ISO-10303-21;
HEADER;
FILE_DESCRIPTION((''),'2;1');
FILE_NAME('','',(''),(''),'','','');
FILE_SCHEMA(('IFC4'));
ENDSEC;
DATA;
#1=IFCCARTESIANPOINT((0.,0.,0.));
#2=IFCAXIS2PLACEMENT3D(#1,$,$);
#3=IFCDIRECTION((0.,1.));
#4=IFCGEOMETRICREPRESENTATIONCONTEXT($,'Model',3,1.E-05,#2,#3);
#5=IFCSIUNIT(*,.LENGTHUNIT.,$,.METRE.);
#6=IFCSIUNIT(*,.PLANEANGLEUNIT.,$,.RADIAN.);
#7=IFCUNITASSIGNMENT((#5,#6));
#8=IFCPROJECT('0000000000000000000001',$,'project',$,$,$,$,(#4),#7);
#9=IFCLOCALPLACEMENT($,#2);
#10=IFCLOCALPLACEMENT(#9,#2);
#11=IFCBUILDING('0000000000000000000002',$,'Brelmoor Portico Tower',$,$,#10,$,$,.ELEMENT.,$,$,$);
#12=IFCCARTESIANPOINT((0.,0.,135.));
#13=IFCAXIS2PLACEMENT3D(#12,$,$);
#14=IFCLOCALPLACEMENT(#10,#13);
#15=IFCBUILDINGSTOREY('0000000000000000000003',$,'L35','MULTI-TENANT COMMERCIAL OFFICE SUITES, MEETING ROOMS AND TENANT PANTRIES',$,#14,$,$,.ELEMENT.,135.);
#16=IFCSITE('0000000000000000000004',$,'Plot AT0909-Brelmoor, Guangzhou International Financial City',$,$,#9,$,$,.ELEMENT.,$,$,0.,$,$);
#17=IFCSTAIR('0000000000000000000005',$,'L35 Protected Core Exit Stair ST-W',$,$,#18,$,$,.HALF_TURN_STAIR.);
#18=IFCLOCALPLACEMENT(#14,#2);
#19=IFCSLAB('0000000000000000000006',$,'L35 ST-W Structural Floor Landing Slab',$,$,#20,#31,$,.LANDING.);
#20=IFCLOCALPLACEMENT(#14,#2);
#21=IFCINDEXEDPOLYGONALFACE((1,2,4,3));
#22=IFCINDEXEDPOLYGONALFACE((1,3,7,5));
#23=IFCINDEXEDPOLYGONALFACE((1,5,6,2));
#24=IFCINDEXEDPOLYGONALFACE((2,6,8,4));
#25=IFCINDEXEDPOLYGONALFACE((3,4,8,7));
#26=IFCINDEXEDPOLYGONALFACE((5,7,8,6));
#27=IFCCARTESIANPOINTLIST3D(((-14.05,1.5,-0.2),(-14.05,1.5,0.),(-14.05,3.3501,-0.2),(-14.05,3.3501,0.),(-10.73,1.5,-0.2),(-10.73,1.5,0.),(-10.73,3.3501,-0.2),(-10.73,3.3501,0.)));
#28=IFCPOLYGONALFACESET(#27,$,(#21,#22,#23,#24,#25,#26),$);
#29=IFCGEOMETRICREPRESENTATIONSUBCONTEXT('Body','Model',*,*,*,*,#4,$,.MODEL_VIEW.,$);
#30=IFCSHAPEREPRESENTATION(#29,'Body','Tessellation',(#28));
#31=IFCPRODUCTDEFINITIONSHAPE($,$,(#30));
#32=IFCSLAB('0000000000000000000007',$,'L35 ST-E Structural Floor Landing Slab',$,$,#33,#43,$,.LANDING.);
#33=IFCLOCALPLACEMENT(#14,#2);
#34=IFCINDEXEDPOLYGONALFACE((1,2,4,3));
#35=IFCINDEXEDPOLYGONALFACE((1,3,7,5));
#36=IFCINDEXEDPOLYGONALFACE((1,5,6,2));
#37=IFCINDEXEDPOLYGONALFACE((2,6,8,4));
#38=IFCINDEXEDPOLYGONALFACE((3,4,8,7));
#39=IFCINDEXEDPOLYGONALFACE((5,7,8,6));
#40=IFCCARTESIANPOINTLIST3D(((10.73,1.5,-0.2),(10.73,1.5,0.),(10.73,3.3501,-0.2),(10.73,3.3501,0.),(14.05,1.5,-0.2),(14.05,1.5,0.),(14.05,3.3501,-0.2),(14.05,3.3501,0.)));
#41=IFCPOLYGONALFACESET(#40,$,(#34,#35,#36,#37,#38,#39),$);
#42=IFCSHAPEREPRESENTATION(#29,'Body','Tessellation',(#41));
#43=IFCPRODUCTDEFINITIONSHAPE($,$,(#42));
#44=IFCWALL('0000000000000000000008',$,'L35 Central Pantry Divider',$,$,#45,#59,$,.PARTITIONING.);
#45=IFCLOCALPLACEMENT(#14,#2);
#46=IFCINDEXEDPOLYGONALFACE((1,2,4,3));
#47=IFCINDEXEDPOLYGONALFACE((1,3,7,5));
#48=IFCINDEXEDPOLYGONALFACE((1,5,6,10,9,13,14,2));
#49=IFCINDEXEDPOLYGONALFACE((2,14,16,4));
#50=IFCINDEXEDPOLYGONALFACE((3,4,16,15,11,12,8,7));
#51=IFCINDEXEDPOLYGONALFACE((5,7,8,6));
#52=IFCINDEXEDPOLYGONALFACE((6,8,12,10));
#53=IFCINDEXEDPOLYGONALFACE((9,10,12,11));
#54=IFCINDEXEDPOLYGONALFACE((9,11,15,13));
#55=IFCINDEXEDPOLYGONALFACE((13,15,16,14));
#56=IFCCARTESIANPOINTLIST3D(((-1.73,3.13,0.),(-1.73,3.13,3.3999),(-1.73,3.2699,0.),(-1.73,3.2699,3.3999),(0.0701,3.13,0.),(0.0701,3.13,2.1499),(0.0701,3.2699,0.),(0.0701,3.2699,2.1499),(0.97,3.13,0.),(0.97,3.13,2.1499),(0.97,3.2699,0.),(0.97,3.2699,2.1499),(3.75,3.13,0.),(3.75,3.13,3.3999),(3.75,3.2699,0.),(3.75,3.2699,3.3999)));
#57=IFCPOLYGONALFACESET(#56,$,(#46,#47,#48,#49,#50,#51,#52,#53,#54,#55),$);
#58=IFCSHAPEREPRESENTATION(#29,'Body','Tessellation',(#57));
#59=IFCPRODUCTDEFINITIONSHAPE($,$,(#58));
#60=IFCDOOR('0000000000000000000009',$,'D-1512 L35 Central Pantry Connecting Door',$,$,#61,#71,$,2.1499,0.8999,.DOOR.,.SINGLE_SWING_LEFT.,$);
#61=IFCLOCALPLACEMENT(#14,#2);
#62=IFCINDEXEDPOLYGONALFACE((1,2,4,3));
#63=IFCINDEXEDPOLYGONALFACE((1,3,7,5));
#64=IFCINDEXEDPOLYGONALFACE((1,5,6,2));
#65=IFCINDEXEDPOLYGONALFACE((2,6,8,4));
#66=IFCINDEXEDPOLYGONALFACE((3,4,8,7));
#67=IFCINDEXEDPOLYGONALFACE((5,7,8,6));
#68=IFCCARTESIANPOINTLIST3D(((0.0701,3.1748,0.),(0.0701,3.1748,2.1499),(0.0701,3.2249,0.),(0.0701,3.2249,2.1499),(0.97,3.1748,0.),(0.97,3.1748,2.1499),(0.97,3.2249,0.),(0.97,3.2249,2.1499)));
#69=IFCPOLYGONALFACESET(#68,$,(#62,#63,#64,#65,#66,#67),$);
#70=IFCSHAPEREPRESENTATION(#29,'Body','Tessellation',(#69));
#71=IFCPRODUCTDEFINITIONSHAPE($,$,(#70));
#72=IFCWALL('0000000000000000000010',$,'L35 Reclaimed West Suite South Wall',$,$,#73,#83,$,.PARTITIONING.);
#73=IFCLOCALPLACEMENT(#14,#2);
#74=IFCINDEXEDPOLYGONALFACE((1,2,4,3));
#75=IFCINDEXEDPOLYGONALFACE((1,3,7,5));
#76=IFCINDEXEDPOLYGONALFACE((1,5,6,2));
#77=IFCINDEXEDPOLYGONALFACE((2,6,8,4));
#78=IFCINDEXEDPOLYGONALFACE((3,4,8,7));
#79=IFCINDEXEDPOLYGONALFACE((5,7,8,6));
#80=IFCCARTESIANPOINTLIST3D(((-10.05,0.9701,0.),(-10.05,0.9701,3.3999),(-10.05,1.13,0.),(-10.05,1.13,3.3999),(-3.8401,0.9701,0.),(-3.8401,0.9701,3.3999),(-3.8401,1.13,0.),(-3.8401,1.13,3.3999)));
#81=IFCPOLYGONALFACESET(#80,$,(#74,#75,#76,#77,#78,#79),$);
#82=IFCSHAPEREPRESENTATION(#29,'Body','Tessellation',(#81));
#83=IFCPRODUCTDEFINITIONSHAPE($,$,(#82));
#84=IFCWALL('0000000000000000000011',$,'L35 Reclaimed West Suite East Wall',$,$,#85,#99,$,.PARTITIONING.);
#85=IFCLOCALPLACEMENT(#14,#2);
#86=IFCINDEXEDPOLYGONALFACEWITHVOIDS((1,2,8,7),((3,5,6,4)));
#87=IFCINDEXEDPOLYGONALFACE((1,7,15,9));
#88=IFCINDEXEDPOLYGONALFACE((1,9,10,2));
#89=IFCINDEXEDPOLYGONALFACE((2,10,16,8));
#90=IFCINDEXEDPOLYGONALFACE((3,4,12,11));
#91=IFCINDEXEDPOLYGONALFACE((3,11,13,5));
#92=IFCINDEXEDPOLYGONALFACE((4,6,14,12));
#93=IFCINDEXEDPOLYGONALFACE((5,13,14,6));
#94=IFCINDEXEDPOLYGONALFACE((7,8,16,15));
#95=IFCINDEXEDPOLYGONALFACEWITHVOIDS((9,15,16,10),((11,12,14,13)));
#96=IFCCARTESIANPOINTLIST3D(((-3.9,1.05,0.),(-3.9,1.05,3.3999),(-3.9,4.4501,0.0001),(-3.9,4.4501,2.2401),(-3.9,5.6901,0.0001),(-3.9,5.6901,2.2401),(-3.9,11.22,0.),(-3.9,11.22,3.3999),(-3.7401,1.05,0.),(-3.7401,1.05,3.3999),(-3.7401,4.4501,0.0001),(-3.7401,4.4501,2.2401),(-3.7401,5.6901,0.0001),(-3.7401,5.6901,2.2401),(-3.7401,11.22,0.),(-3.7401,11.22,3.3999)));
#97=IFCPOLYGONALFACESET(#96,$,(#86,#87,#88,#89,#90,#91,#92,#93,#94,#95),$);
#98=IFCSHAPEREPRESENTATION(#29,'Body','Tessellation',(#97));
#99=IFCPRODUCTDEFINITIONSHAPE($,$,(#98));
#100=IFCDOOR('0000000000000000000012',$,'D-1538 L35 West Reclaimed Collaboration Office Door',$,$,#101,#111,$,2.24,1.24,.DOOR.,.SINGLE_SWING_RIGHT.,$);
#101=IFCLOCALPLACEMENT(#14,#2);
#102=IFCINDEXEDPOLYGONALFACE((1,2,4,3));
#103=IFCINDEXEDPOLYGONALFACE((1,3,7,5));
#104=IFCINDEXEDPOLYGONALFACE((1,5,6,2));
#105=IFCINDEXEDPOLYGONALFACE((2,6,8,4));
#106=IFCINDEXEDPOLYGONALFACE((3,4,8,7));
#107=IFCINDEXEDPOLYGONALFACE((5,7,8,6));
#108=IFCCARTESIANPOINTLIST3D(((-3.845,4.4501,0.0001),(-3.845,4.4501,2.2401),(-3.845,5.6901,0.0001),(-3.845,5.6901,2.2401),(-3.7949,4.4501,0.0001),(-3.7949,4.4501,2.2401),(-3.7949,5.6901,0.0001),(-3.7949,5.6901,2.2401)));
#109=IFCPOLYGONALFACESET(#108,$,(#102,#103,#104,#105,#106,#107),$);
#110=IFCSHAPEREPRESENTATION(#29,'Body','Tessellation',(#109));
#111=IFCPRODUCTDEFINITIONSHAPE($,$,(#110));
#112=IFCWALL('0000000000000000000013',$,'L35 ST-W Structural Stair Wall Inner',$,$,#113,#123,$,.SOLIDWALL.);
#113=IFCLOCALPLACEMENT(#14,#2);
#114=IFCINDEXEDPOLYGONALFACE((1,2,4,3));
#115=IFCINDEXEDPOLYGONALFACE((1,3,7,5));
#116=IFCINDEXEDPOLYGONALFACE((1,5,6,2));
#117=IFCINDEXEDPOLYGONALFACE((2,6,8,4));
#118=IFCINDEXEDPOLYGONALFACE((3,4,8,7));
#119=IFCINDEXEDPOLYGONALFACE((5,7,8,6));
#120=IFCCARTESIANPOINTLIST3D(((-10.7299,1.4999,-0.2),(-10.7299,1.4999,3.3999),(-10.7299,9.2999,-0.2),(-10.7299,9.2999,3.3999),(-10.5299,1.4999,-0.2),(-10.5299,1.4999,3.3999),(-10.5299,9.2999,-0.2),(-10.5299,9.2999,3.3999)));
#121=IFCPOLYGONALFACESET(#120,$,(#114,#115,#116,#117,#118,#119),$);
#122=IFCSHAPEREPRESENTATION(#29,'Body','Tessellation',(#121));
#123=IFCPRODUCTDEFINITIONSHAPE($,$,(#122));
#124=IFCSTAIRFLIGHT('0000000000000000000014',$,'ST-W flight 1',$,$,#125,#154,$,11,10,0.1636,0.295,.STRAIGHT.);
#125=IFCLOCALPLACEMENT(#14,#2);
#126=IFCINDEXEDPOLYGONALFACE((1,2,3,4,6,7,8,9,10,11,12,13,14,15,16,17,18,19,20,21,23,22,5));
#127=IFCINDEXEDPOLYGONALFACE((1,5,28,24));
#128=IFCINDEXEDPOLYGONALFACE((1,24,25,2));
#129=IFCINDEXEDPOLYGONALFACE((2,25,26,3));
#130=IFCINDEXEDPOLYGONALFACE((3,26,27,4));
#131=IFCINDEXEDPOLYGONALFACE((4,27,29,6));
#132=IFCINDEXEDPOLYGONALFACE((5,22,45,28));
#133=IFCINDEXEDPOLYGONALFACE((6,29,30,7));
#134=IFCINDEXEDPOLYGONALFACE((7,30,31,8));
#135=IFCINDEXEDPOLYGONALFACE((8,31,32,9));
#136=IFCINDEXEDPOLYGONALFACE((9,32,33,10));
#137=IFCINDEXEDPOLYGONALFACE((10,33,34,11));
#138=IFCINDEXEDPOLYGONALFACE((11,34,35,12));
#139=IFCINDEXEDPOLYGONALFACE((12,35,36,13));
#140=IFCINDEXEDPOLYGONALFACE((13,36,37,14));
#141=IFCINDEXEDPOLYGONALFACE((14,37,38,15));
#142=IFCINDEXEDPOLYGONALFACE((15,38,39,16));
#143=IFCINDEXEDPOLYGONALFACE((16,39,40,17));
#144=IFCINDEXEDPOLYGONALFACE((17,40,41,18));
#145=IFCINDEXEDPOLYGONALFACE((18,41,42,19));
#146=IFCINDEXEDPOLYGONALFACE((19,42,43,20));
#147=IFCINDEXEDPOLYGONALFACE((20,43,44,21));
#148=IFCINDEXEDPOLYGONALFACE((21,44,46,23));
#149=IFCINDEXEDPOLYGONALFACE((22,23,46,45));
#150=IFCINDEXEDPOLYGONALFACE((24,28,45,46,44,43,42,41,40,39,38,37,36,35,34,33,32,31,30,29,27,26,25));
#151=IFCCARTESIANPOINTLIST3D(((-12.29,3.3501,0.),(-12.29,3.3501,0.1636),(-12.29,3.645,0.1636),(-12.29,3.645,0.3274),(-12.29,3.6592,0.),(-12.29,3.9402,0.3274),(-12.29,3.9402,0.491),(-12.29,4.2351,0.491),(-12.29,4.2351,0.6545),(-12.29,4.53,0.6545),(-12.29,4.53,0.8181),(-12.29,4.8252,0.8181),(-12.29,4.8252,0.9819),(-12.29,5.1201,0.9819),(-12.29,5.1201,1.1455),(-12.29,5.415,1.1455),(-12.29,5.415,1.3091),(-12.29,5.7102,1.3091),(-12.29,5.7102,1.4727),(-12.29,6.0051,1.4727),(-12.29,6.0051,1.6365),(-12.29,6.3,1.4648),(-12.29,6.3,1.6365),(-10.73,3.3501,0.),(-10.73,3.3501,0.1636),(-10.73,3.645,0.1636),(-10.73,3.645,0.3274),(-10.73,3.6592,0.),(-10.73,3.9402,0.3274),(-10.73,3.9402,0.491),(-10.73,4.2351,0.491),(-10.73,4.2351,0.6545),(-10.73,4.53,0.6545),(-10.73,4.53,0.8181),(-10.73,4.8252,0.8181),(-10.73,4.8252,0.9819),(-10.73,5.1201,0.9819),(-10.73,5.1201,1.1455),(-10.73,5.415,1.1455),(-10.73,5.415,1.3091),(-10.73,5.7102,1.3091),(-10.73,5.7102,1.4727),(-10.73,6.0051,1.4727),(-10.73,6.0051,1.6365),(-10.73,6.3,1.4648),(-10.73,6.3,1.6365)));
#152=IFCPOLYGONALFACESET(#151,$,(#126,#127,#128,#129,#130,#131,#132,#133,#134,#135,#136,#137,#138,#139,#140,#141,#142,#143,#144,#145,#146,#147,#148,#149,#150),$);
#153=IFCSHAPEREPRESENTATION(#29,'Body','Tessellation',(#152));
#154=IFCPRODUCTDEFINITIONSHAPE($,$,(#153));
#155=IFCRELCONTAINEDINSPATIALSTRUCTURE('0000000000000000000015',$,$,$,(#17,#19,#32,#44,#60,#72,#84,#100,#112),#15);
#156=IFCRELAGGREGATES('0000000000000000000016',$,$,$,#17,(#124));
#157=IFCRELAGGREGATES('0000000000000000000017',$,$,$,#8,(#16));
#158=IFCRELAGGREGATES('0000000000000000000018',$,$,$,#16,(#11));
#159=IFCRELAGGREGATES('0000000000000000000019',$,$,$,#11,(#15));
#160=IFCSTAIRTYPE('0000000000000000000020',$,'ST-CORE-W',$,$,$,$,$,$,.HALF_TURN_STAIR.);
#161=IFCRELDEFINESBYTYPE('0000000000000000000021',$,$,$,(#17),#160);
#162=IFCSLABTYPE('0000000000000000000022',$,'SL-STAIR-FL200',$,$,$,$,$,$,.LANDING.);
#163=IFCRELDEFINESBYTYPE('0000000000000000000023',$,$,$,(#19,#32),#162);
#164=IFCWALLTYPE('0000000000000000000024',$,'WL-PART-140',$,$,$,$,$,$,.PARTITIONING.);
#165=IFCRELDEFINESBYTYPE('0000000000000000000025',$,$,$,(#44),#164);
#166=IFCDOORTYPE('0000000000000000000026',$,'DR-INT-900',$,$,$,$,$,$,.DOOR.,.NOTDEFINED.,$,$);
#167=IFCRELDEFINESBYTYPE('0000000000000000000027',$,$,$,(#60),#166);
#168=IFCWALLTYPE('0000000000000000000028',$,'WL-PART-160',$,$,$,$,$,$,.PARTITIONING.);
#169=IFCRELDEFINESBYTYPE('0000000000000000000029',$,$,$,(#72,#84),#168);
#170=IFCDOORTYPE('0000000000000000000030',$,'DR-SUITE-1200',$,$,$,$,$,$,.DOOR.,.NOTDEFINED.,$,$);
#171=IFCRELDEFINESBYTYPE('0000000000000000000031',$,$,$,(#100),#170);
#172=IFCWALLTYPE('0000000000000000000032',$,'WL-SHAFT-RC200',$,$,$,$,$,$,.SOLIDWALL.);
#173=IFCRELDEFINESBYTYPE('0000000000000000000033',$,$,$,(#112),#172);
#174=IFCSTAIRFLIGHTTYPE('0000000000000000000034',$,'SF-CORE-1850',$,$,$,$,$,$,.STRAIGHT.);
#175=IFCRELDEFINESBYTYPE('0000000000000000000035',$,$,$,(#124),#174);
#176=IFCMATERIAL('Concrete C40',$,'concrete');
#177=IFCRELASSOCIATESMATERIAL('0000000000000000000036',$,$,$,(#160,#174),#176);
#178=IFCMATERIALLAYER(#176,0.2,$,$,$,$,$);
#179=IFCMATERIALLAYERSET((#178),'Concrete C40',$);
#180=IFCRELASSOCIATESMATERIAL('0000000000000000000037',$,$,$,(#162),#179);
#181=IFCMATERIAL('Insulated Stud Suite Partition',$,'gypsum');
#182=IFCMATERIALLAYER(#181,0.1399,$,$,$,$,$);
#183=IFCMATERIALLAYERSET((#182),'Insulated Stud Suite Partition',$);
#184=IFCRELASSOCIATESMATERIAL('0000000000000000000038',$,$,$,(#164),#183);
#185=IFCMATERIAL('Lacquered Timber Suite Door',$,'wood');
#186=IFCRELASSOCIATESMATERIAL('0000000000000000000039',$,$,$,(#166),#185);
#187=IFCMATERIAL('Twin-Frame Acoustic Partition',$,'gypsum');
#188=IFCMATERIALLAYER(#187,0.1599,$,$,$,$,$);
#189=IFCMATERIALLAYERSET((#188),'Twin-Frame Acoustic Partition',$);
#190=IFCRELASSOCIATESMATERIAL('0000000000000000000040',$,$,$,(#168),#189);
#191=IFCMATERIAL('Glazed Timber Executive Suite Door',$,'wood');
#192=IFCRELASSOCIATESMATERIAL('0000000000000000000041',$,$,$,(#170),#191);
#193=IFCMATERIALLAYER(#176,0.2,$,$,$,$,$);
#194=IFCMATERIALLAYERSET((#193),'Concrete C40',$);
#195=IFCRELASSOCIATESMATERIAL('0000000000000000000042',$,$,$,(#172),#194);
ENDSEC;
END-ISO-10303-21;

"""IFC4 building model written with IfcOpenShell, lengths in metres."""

from ifc_helpers import new_model, si_unit, direction, frame, frame_2d, origin, place, context, subcontext, project, spatial, polyline, rectangle, outline, extrude, material, layer, layer_set, type_object, element, fill, aggregate, save


model = new_model("IFC4")

# Units and contexts
model_context = context("Model", 3, precision=1e-05, world=origin(), true_north=direction((0.0, 1.0)))
body_context = subcontext(model_context, "Body", "Model", "MODEL_VIEW")
ifc_project = project(units=[si_unit("LENGTHUNIT", "METRE"), si_unit("PLANEANGLEUNIT", "RADIAN")], contexts=[model_context])

# Site, building, storey
site_placement = place(None, origin())
site = spatial("IfcSite", under=ifc_project, at=site_placement, Name="Plot AT0909-Brelmoor, Guangzhou International Financial City", CompositionType="ELEMENT", RefElevation=0.0)
building_placement = place(site_placement, origin())
building = spatial("IfcBuilding", under=site, at=building_placement, Name="Brelmoor Portico Tower", CompositionType="ELEMENT")
storey_placement = place(building_placement, frame((0.0, 0.0, 135.0)))
storey = spatial("IfcBuildingStorey", under=building, at=storey_placement, Name="L35", Description="MULTI-TENANT COMMERCIAL OFFICE SUITES, MEETING ROOMS AND TENANT PANTRIES", CompositionType="ELEMENT", Elevation=135.0)

# Shared definitions
ifc_material_1 = material(Name="Concrete C40", Category="concrete")

# Stair
stair_type = type_object("IfcStairType", Name="ST-CORE-W", PredefinedType="HALF_TURN_STAIR", material=ifc_material_1)
stair_placement = place(storey_placement, origin())
stair = element("IfcStair", 1, at=stair_placement, inside=storey, type_object=stair_type, Name="L35 Protected Core Exit Stair ST-W", PredefinedType="HALF_TURN_STAIR")

# Slabs
ifc_layer_1 = layer(ifc_material_1, 0.2)
ifc_layer_set_1 = layer_set([ifc_layer_1], Name="Concrete C40")
slab_type_1 = type_object("IfcSlabType", Name="SL-STAIR-FL200", PredefinedType="LANDING", material=ifc_layer_set_1)
slab_1_placement = place(storey_placement, frame((0.0, 0.0, -0.2)))
element("IfcSlab", 2, at=slab_1_placement, inside=storey, type_object=slab_type_1, Name="L35 ST-W Structural Floor Landing Slab", PredefinedType="LANDING", context=body_context, shape_type="SweptSolid", body=[
    extrude(outline(polyline([(-10.73, 1.5), (-10.73, 3.3501), (-14.05, 3.3501), (-14.05, 1.5), (-10.73, 1.5)])), origin(), (0.0, 0.0, 1.0), 0.2),
])
slab_2_placement = place(storey_placement, frame((0.0, 0.0, -0.2)))
element("IfcSlab", 3, at=slab_2_placement, inside=storey, type_object=slab_type_1, Name="L35 ST-E Structural Floor Landing Slab", PredefinedType="LANDING", context=body_context, shape_type="SweptSolid", body=[
    extrude(outline(polyline([(14.05, 1.5), (14.05, 3.3501), (10.73, 3.3501), (10.73, 1.5), (14.05, 1.5)])), origin(), (0.0, 0.0, 1.0), 0.2),
])

# Wall, opening, door
ifc_material_2 = material(Name="Insulated Stud Suite Partition", Category="gypsum")
ifc_layer_2 = layer(ifc_material_2, 0.1399)
ifc_layer_set_2 = layer_set([ifc_layer_2], Name="Insulated Stud Suite Partition")
wall_type_1 = type_object("IfcWallType", Name="WL-PART-140", PredefinedType="PARTITIONING", material=ifc_layer_set_2)
wall_1_placement = place(storey_placement, frame((-1.73, 3.2, 0.0), z_axis=(0.0, 0.0, 1.0), x_axis=(1.0, 0.0, 0.0)))
wall_1 = element("IfcWall", 4, at=wall_1_placement, inside=storey, type_object=wall_type_1, Name="L35 Central Pantry Divider", PredefinedType="PARTITIONING", context=body_context, shape_type="SweptSolid", body=[
    extrude(rectangle(XDim=5.48, YDim=0.1399, at=frame_2d((2.74, 0.0))), origin(), (0.0, 0.0, 1.0), 3.3999),
])
opening_1_placement = place(wall_1_placement, frame((1.8, 0.0, 0.0)))
opening_1 = element("IfcOpeningElement", 5, at=opening_1_placement, cuts=wall_1, PredefinedType="OPENING", context=body_context, shape_type="SweptSolid", body=[
    extrude(rectangle(XDim=0.8999, YDim=2.1499, at=frame_2d((0.45, 1.075))), frame((0.0, 0.0798, 0.0), z_axis=(0.0, -1.0, 0.0), x_axis=(1.0, 0.0, 0.0)), (0.0, 0.0, 1.0), 0.1599),
])
ifc_material_3 = material(Name="Lacquered Timber Suite Door", Category="wood")
door_type_1 = type_object("IfcDoorType", Name="DR-INT-900", OperationType="NOTDEFINED", PredefinedType="DOOR", material=ifc_material_3)
door_1_placement = place(opening_1_placement, origin())
door_1 = element("IfcDoor", 6, at=door_1_placement, inside=storey, type_object=door_type_1, Name="D-1512 L35 Central Pantry Connecting Door", OperationType="SINGLE_SWING_LEFT", OverallHeight=2.1499, OverallWidth=0.8999, PredefinedType="DOOR", context=body_context, shape_type="SweptSolid", body=[
    extrude(rectangle(XDim=0.8999, YDim=2.1499, at=frame_2d((0.45, 1.075))), frame((0.0, 0.0249, 0.0), z_axis=(0.0, -1.0, 0.0), x_axis=(1.0, 0.0, 0.0)), (0.0, 0.0, 1.0), 0.05),
])
fill(opening_1, door_1)

# Wall
ifc_material_4 = material(Name="Twin-Frame Acoustic Partition", Category="gypsum")
ifc_layer_3 = layer(ifc_material_4, 0.1599)
ifc_layer_set_3 = layer_set([ifc_layer_3], Name="Twin-Frame Acoustic Partition")
wall_type_2 = type_object("IfcWallType", Name="WL-PART-160", PredefinedType="PARTITIONING", material=ifc_layer_set_3)
wall_2_placement = place(storey_placement, frame((-10.05, 1.05, 0.0), z_axis=(0.0, 0.0, 1.0), x_axis=(1.0, 0.0, 0.0)))
element("IfcWall", 7, at=wall_2_placement, inside=storey, type_object=wall_type_2, Name="L35 Reclaimed West Suite South Wall", PredefinedType="PARTITIONING", context=body_context, shape_type="SweptSolid", body=[
    extrude(rectangle(XDim=6.21, YDim=0.1599, at=frame_2d((3.105, 0.0))), origin(), (0.0, 0.0, 1.0), 3.3999),
])

# Wall, opening, door
wall_3_placement = place(storey_placement, frame((-3.8201, 1.05, 0.0), z_axis=(0.0, 0.0, 1.0), x_axis=(0.0, 1.0, 0.0)))
wall_3 = element("IfcWall", 8, at=wall_3_placement, inside=storey, type_object=wall_type_2, Name="L35 Reclaimed West Suite East Wall", PredefinedType="PARTITIONING", context=body_context, shape_type="SweptSolid", body=[
    extrude(rectangle(XDim=10.1699, YDim=0.1599, at=frame_2d((5.085, 0.0))), origin(), (0.0, 0.0, 1.0), 3.3999),
])
opening_2_placement = place(wall_3_placement, frame((3.3999, 0.0, 0.0)))
opening_2 = element("IfcOpeningElement", 9, at=opening_2_placement, cuts=wall_3, PredefinedType="OPENING", context=body_context, shape_type="SweptSolid", body=[
    extrude(rectangle(XDim=1.24, YDim=2.24, at=frame_2d((0.6201, 1.1201))), frame((0.0, 0.0898, 0.0), z_axis=(0.0, -1.0, 0.0), x_axis=(1.0, 0.0, 0.0)), (0.0, 0.0, 1.0), 0.1799),
])
ifc_material_5 = material(Name="Glazed Timber Executive Suite Door", Category="wood")
door_type_2 = type_object("IfcDoorType", Name="DR-SUITE-1200", OperationType="NOTDEFINED", PredefinedType="DOOR", material=ifc_material_5)
door_2_placement = place(opening_2_placement, origin())
door_2 = element("IfcDoor", 10, at=door_2_placement, inside=storey, type_object=door_type_2, Name="D-1538 L35 West Reclaimed Collaboration Office Door", OperationType="SINGLE_SWING_RIGHT", OverallHeight=2.24, OverallWidth=1.24, PredefinedType="DOOR", context=body_context, shape_type="SweptSolid", body=[
    extrude(rectangle(XDim=1.24, YDim=2.24, at=frame_2d((0.6201, 1.1201))), frame((0.0, 0.0249, 0.0), z_axis=(0.0, -1.0, 0.0), x_axis=(1.0, 0.0, 0.0)), (0.0, 0.0, 1.0), 0.05),
])
fill(opening_2, door_2)

# Wall
ifc_layer_4 = layer(ifc_material_1, 0.2)
ifc_layer_set_4 = layer_set([ifc_layer_4], Name="Concrete C40")
wall_type_3 = type_object("IfcWallType", Name="WL-SHAFT-RC200", PredefinedType="SOLIDWALL", material=ifc_layer_set_4)
wall_4_placement = place(storey_placement, frame((-10.6299, 1.5, -0.2), z_axis=(0.0, 0.0, 1.0), x_axis=(0.0, 1.0, 0.0)))
element("IfcWall", 11, at=wall_4_placement, inside=storey, type_object=wall_type_3, Name="L35 ST-W Structural Stair Wall Inner", PredefinedType="SOLIDWALL", context=body_context, shape_type="SweptSolid", body=[
    extrude(rectangle(XDim=7.8, YDim=0.2, at=frame_2d((3.8999, 0.0))), origin(), (0.0, 0.0, 1.0), 3.5999),
])

# Stair flight
stair_flight_type = type_object("IfcStairFlightType", Name="SF-CORE-1850", PredefinedType="STRAIGHT", material=ifc_material_1)
stair_flight_1_placement = place(storey_placement, frame((-11.51, 3.3501, 0.0), z_axis=(0.0, 0.0, 1.0), x_axis=(0.0, 1.0, 0.0)))
stair_flight_1 = element("IfcStairFlight", 12, at=stair_flight_1_placement, type_object=stair_flight_type, Name="ST-W flight 1", NumberOfRisers=11, NumberOfTreads=10, PredefinedType="STRAIGHT", RiserHeight=0.1636, TreadLength=0.295, context=body_context, shape_type="SweptSolid", body=[
    extrude(outline(polyline([(0.0, 0.0), (0.0, 0.1636), (0.2949, 0.1636), (0.2949, 0.3274), (0.5901, 0.3274), (0.5901, 0.491), (0.885, 0.491), (0.885, 0.6545), (1.1799, 0.6545), (1.1799, 0.8181), (1.4751, 0.8181), (1.4751, 0.9819), (1.77, 0.9819), (1.77, 1.1455), (2.0649, 1.1455), (2.0649, 1.3091), (2.3601, 1.3091), (2.3601, 1.4727), (2.655, 1.4727), (2.655, 1.6365), (2.95, 1.6365), (2.95, 1.8), (2.95, 1.4648), (0.3091, 0.0), (0.0, 0.0)])), frame((0.0, 0.78, 0.0), z_axis=(0.0, -1.0, 0.0), x_axis=(1.0, 0.0, 0.0)), (0.0, 0.0, 1.0), 1.5601),
])
aggregate(stair, [stair_flight_1])

save(model, "model.ifc")
